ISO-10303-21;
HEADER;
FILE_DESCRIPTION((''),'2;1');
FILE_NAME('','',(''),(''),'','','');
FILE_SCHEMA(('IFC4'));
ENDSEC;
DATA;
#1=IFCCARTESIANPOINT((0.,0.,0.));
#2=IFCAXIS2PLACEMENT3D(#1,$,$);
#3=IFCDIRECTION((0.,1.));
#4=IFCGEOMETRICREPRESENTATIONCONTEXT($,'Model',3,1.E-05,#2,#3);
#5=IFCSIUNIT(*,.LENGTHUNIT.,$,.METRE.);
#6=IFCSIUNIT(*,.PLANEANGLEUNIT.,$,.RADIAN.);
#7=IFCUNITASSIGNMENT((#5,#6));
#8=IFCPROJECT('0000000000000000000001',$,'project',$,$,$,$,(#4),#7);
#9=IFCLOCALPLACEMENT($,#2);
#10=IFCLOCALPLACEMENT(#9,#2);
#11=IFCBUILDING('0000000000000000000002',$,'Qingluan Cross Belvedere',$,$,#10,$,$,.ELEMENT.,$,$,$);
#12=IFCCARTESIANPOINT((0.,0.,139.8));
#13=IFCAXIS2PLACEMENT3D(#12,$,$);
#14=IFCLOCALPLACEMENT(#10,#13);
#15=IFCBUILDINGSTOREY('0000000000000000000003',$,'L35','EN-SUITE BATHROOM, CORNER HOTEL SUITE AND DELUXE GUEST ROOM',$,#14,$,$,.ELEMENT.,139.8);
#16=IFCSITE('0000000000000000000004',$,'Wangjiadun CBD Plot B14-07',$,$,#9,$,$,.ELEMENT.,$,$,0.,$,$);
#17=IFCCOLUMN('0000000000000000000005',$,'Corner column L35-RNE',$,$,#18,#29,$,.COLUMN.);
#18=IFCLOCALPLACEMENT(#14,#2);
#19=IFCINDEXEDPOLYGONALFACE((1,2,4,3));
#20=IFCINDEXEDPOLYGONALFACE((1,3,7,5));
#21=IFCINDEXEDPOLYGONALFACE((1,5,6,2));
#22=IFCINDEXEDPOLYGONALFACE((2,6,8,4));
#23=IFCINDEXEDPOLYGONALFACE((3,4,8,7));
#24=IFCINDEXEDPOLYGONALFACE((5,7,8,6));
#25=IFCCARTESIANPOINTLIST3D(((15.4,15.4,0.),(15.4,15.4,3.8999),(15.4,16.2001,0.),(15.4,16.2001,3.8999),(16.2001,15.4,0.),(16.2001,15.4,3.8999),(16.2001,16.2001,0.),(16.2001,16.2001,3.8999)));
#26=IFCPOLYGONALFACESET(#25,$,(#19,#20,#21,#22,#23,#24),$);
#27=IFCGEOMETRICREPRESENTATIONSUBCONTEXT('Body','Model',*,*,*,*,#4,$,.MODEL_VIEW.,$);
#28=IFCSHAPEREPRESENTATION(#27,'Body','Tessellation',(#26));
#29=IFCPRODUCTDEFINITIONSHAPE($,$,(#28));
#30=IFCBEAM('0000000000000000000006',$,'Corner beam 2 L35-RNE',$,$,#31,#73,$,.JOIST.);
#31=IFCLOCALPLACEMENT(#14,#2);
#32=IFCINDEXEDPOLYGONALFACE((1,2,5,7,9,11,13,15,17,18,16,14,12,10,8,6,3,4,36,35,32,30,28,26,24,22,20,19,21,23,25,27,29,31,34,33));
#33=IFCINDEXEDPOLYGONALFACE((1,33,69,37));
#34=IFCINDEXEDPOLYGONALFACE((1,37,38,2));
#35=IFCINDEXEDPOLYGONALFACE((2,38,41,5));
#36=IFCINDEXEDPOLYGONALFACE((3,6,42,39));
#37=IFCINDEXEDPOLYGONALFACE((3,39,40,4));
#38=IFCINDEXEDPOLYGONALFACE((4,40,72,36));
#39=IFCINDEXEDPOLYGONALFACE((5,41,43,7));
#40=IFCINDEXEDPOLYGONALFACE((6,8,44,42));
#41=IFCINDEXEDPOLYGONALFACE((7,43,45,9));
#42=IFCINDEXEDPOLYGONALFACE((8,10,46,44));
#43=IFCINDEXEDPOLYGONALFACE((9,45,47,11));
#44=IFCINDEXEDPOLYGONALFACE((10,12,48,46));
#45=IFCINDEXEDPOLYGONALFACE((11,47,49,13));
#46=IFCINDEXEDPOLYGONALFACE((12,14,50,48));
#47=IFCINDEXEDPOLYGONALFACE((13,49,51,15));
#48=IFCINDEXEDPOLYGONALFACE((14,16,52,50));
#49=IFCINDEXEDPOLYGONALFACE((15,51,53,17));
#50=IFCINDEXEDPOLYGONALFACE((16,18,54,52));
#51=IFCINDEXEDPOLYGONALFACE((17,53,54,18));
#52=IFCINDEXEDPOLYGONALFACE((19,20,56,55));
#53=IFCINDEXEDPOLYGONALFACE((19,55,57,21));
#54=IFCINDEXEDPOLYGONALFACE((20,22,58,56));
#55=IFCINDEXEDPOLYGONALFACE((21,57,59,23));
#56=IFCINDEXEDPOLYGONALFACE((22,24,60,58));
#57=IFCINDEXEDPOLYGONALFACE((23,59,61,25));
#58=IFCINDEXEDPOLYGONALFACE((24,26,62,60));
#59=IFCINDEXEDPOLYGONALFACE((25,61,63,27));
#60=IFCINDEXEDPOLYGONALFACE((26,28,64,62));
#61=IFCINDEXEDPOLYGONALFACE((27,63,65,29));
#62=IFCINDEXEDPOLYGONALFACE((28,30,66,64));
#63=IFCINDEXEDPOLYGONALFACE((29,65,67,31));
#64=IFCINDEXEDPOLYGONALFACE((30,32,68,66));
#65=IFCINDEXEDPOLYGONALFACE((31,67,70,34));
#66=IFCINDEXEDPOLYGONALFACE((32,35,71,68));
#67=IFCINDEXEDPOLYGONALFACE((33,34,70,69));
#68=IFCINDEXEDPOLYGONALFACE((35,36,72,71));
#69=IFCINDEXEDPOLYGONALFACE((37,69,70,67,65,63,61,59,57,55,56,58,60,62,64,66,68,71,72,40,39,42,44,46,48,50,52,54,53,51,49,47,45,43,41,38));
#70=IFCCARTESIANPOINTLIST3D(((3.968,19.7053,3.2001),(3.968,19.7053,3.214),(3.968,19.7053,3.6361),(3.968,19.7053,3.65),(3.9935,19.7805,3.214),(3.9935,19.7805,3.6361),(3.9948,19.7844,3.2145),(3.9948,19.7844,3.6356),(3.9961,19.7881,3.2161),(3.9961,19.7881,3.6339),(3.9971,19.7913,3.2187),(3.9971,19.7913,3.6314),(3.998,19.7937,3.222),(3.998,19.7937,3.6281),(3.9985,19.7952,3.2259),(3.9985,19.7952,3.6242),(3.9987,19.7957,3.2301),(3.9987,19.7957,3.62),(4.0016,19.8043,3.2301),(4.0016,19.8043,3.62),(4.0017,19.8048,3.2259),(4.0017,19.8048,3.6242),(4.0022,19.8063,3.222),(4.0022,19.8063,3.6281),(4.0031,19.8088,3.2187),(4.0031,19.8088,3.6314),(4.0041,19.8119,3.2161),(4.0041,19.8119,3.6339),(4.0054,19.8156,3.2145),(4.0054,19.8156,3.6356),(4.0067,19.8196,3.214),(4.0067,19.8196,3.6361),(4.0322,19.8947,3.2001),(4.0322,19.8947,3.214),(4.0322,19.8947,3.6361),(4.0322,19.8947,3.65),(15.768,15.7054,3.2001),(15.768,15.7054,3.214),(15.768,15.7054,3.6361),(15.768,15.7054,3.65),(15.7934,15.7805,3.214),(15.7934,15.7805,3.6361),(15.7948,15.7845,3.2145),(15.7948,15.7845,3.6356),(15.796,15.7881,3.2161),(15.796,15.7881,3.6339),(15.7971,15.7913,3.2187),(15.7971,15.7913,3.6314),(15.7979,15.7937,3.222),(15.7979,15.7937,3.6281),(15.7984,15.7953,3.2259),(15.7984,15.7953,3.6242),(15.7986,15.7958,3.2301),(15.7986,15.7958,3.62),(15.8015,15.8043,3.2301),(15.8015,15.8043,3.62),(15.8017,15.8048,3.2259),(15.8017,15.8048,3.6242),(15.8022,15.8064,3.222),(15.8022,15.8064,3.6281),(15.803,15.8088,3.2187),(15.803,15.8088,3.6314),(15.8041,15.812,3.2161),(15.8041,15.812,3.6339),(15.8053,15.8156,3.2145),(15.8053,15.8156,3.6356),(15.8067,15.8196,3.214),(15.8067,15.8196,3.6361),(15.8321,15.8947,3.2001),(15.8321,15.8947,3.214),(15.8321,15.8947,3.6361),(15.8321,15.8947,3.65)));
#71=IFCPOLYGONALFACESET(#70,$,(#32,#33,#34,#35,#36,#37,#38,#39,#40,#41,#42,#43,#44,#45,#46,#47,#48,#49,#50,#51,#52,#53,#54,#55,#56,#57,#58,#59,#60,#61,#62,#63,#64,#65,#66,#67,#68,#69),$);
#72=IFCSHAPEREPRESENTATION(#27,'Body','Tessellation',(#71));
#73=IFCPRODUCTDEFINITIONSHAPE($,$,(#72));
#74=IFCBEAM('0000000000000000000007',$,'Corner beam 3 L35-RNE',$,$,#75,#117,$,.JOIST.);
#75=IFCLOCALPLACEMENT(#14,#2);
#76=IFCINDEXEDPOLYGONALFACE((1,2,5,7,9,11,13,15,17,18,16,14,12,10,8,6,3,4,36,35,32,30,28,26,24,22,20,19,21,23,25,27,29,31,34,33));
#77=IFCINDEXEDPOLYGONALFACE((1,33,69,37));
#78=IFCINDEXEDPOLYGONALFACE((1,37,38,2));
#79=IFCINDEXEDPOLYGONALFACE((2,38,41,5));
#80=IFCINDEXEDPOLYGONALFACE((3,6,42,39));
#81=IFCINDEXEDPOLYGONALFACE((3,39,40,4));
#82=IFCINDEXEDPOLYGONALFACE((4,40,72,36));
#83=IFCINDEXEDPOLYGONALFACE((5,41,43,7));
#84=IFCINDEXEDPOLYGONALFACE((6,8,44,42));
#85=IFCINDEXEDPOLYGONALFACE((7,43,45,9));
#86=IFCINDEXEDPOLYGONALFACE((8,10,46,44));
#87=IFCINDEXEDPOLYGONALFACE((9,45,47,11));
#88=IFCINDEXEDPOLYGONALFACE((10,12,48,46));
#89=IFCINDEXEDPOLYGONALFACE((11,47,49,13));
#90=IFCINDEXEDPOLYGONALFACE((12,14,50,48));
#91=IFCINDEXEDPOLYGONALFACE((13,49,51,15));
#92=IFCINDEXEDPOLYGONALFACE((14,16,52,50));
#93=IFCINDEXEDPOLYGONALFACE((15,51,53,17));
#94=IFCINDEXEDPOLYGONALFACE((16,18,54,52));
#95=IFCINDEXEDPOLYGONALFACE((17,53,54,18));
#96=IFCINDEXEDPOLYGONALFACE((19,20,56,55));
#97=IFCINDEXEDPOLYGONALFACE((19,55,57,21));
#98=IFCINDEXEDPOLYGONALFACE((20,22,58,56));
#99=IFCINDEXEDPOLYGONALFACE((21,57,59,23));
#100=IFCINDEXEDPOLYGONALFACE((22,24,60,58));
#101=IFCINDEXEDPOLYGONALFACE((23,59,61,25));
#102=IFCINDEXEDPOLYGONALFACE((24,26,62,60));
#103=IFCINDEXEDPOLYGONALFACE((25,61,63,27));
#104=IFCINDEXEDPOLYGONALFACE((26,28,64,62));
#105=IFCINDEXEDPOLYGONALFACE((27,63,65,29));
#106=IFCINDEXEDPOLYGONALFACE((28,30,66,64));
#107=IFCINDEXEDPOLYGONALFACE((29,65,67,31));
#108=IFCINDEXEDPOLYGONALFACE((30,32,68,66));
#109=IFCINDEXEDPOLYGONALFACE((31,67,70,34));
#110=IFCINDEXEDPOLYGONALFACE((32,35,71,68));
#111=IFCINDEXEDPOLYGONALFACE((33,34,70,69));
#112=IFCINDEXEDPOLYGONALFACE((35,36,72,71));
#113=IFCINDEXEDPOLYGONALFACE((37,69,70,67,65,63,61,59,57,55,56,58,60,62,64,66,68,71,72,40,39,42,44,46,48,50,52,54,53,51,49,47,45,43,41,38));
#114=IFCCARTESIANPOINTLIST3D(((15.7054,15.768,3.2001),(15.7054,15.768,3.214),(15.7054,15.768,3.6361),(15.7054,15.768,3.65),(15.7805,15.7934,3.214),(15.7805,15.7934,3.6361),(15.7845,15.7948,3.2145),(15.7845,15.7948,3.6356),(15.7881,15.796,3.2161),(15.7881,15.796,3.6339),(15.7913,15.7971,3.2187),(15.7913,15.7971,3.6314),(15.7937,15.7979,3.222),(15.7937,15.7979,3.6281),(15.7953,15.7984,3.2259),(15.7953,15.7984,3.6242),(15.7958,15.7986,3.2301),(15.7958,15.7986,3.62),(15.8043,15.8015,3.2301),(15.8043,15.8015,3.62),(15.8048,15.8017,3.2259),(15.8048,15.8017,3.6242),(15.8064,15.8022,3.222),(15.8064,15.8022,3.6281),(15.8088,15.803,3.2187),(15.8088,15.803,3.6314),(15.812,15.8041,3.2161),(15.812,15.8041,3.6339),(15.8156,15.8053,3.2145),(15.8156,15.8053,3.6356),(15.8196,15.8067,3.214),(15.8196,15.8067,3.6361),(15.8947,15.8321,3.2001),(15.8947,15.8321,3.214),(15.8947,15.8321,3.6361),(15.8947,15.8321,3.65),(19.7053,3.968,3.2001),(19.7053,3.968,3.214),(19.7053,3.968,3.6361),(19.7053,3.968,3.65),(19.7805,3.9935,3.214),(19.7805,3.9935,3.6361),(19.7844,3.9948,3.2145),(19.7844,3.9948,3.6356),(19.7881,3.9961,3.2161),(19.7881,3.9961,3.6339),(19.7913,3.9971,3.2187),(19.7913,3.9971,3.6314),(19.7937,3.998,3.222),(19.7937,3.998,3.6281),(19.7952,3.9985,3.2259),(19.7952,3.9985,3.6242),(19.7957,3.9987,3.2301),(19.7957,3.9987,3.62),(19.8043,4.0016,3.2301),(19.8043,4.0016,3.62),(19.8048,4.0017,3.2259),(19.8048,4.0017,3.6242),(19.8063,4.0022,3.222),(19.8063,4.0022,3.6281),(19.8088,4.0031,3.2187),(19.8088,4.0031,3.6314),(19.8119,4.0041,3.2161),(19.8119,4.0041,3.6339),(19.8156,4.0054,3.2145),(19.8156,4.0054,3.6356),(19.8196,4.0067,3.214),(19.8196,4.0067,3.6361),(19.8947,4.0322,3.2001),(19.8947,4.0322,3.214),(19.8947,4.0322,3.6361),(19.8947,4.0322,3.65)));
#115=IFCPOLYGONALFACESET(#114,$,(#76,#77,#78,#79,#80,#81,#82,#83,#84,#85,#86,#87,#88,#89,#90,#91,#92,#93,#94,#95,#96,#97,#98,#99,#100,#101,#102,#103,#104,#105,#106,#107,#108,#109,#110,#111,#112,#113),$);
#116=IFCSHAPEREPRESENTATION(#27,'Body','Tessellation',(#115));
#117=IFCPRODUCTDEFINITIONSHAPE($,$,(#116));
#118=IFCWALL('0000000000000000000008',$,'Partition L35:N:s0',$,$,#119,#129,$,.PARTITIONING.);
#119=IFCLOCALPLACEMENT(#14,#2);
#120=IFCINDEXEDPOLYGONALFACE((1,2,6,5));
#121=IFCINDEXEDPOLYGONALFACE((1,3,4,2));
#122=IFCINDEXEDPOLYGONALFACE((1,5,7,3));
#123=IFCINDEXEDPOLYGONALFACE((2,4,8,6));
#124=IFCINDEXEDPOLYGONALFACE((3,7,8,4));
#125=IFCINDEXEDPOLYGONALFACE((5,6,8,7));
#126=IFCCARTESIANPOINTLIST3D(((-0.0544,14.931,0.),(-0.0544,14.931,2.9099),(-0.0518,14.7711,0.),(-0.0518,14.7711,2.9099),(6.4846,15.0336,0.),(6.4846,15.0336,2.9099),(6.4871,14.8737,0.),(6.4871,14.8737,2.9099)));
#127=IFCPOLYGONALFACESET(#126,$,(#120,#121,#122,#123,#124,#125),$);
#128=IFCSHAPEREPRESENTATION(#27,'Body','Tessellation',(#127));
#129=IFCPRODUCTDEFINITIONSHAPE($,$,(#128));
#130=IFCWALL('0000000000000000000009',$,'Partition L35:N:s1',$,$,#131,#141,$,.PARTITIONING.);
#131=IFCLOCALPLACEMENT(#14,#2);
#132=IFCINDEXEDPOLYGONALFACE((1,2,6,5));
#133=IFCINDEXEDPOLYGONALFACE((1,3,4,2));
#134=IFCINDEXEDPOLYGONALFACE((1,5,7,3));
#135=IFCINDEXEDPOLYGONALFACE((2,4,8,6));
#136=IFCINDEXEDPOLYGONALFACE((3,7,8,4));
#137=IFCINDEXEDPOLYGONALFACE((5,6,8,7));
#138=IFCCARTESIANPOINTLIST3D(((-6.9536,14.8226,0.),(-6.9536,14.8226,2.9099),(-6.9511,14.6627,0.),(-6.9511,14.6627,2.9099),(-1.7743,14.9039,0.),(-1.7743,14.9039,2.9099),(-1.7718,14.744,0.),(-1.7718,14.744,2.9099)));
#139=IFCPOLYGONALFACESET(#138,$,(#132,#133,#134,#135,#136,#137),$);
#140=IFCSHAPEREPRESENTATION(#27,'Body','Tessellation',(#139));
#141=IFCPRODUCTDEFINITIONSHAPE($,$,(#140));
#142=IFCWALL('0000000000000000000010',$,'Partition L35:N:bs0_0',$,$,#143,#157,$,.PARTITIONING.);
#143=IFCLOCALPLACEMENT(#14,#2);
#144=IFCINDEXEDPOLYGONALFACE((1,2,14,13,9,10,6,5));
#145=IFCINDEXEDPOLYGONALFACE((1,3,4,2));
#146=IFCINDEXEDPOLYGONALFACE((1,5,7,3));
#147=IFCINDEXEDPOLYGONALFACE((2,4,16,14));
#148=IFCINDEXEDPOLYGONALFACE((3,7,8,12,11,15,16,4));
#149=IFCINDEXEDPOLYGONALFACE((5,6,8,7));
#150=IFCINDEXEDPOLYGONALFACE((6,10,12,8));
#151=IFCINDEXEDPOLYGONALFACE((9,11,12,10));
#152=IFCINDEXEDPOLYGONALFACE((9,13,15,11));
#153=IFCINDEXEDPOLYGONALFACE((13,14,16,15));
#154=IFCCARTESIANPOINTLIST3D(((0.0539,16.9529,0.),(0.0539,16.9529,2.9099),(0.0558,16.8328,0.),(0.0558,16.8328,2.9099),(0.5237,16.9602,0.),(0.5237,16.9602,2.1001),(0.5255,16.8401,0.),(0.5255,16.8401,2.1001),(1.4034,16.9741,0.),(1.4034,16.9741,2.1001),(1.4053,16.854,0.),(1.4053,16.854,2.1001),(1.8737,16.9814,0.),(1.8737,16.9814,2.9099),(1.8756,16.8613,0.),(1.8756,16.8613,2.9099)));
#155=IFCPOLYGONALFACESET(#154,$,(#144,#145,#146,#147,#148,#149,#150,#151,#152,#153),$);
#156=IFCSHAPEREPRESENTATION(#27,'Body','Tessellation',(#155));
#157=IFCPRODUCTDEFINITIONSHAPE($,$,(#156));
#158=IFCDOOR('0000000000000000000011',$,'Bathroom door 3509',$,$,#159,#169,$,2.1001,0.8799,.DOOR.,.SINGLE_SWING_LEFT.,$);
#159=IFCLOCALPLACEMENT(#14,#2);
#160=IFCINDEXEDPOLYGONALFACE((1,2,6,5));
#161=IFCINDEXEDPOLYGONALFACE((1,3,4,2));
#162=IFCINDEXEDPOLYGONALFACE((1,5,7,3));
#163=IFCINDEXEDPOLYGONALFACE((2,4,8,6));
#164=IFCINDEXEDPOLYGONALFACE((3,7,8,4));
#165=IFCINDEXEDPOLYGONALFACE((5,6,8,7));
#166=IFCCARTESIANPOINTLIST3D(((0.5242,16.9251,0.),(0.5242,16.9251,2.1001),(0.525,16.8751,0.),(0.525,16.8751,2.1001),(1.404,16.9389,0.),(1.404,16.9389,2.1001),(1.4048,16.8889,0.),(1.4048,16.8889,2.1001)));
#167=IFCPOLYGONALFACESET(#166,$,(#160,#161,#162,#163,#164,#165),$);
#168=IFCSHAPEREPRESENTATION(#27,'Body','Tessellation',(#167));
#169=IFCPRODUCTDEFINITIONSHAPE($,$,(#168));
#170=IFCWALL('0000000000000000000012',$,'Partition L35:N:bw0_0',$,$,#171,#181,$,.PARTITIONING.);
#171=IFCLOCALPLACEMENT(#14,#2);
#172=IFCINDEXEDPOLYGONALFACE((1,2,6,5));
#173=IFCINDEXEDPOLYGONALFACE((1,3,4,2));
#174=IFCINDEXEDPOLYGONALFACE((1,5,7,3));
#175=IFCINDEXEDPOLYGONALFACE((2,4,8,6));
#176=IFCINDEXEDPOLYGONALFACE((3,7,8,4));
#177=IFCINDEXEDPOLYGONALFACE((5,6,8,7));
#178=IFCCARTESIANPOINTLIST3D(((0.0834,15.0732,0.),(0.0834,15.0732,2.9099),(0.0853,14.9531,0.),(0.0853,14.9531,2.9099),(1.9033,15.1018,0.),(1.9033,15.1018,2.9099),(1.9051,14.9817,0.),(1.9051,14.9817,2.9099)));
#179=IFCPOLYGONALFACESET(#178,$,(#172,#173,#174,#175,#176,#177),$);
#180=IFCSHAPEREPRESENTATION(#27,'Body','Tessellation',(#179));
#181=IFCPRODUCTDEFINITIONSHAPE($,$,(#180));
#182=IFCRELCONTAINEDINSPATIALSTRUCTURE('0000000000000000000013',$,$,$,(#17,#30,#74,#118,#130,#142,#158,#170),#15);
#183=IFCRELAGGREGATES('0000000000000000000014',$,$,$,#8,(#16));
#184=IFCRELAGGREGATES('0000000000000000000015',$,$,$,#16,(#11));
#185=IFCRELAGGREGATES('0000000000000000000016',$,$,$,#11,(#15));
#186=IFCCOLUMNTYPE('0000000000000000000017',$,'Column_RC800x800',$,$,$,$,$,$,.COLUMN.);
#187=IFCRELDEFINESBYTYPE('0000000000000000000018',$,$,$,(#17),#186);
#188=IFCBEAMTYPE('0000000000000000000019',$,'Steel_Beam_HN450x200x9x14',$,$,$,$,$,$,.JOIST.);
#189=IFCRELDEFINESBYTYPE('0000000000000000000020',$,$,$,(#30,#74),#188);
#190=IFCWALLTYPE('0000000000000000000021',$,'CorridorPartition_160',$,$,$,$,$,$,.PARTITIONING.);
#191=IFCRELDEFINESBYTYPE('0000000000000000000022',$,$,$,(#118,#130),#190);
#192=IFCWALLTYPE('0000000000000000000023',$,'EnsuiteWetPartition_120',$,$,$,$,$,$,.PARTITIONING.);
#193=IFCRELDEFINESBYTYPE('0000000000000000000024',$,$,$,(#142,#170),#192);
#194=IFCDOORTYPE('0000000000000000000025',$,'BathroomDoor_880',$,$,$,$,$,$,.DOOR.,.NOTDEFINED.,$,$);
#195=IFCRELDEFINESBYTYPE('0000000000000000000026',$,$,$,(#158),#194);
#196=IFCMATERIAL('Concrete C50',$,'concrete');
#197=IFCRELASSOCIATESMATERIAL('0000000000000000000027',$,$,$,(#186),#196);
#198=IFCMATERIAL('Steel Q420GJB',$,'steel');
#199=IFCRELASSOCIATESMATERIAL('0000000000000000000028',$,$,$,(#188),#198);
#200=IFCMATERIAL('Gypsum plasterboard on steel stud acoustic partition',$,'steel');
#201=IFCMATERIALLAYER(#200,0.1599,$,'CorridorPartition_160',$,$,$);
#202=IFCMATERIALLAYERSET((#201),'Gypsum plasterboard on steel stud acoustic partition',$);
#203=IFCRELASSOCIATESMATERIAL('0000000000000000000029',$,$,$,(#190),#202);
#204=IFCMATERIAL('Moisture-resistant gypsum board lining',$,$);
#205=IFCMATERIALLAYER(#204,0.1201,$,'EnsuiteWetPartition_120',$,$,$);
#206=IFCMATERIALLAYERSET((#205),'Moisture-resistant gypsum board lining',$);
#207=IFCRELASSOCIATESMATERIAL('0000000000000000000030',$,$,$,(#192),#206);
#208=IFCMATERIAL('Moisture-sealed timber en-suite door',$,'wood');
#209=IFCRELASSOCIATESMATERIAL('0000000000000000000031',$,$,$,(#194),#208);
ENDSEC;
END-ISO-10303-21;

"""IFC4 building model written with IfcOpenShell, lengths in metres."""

from ifc_helpers import new_model, si_unit, direction, frame, frame_2d, origin, origin_2d, place, context, subcontext, project, spatial, rectangle, i_section, extrude, material, layer, layer_set, material_profile, profile_set, type_object, element, fill, save


model = new_model("IFC4")

# Units and contexts
model_context = context("Model", 3, precision=1e-05, world=origin(), true_north=direction((0.0, 1.0)))
body_context = subcontext(model_context, "Body", "Model", "MODEL_VIEW")
ifc_project = project(units=[si_unit("LENGTHUNIT", "METRE"), si_unit("PLANEANGLEUNIT", "RADIAN")], contexts=[model_context])

# Site, building, storey
site_placement = place(None, origin())
site = spatial("IfcSite", under=ifc_project, at=site_placement, Name="Wangjiadun CBD Plot B14-07", CompositionType="ELEMENT", RefElevation=0.0)
building_placement = place(site_placement, origin())
building = spatial("IfcBuilding", under=site, at=building_placement, Name="Qingluan Cross Belvedere", CompositionType="ELEMENT")
storey_placement = place(building_placement, frame((0.0, 0.0, 139.8)))
storey = spatial("IfcBuildingStorey", under=building, at=storey_placement, Name="L35", Description="EN-SUITE BATHROOM, CORNER HOTEL SUITE AND DELUXE GUEST ROOM", CompositionType="ELEMENT", Elevation=139.8)

# Column
ifc_material_1 = material(Name="Concrete C50", Category="concrete")
ifc_material_profile_1 = material_profile(ifc_material_1, rectangle(XDim=0.8, YDim=0.8, at=origin_2d()), Name="RC800x800")
ifc_profile_set_1 = profile_set([ifc_material_profile_1], Name="Concrete C50")
column_type = type_object("IfcColumnType", Name="Column_RC800x800", PredefinedType="COLUMN", material=ifc_profile_set_1)
column_placement = place(storey_placement, frame((15.8, 15.8, 0.0), z_axis=(0.0, 0.0, 1.0), x_axis=(1.0, 0.0, 0.0)))
element("IfcColumn", 1, at=column_placement, inside=storey, type_object=column_type, Name="Corner column L35-RNE", PredefinedType="COLUMN", context=body_context, shape_type="SweptSolid", body=[
    extrude(rectangle(XDim=0.8, YDim=0.8, at=origin_2d()), origin(), (0.0, 0.0, 1.0), 3.8999),
])

# Beams
ifc_material_2 = material(Name="Steel Q420GJB", Category="steel")
ifc_material_profile_2 = material_profile(ifc_material_2, i_section(OverallWidth=0.2, OverallDepth=0.45, WebThickness=0.009, FlangeThickness=0.0139, FilletRadius=0.0161, at=origin_2d()), Name="HN450x200x9x14")
ifc_profile_set_2 = profile_set([ifc_material_profile_2], Name="Steel Q420GJB")
beam_type = type_object("IfcBeamType", Name="Steel_Beam_HN450x200x9x14", PredefinedType="JOIST", material=ifc_profile_set_2)
for number, where, z_axis, x_axis, name in (
    (2, (15.8, 15.8, 3.425), (-0.947066, 0.321038, 0.0), (-0.321038, -0.947066, 0.0), "Corner beam 2 L35-RNE"),
    (3, (15.8, 15.8, 3.425), (0.321038, -0.947066, 0.0), (0.947066, 0.321038, 0.0), "Corner beam 3 L35-RNE"),
):
    element("IfcBeam", number, at=place(storey_placement, frame(where, z_axis=z_axis, x_axis=x_axis)), inside=storey, type_object=beam_type, Name=name, PredefinedType="JOIST", context=body_context, shape_type="SweptSolid", body=[
        extrude(i_section(OverallWidth=0.2, OverallDepth=0.45, WebThickness=0.009, FlangeThickness=0.0139, FilletRadius=0.0161, at=origin_2d()), origin(), (0.0, 0.0, 1.0), 12.4595),
    ])

# Shared definitions
ifc_material_3 = material(Name="Gypsum plasterboard on steel stud acoustic partition", Category="steel")
ifc_layer_1 = layer(ifc_material_3, 0.1599, Name="CorridorPartition_160")
ifc_layer_set_1 = layer_set([ifc_layer_1], Name="Gypsum plasterboard on steel stud acoustic partition")
wall_type_1 = type_object("IfcWallType", Name="CorridorPartition_160", PredefinedType="PARTITIONING", material=ifc_layer_set_1)

# Wall
wall_1_placement = place(storey_placement, frame((-0.0532, 14.8511, 0.0), z_axis=(0.0, 0.0, 1.0), x_axis=(0.999877, 0.015679, 0.0)))
element("IfcWall", 4, at=wall_1_placement, inside=storey, type_object=wall_type_1, Name="Partition L35:N:s0", PredefinedType="PARTITIONING", context=body_context, shape_type="SweptSolid", body=[
    extrude(rectangle(XDim=6.5398, YDim=0.1599, at=frame_2d((3.27, 0.0))), origin(), (0.0, 0.0, 1.0), 2.9099),
])

# Wall
wall_2_placement = place(storey_placement, frame((-1.7732, 14.824, 0.0), z_axis=(0.0, 0.0, 1.0), x_axis=(-0.999877, -0.015695, 0.0)))
element("IfcWall", 5, at=wall_2_placement, inside=storey, type_object=wall_type_1, Name="Partition L35:N:s1", PredefinedType="PARTITIONING", context=body_context, shape_type="SweptSolid", body=[
    extrude(rectangle(XDim=5.1799, YDim=0.1599, at=frame_2d((2.5898, 0.0))), origin(), (0.0, 0.0, 1.0), 2.9099),
])

# Wall, opening, door
ifc_material_4 = material(Name="Moisture-resistant gypsum board lining")
ifc_layer_2 = layer(ifc_material_4, 0.1201, Name="EnsuiteWetPartition_120")
ifc_layer_set_2 = layer_set([ifc_layer_2], Name="Moisture-resistant gypsum board lining")
wall_type_2 = type_object("IfcWallType", Name="EnsuiteWetPartition_120", PredefinedType="PARTITIONING", material=ifc_layer_set_2)
wall_3_placement = place(storey_placement, frame((0.0547, 16.8928, 0.0), z_axis=(0.0, 0.0, 1.0), x_axis=(0.999877, 0.015694, 0.0)))
wall_3 = element("IfcWall", 6, at=wall_3_placement, inside=storey, type_object=wall_type_2, Name="Partition L35:N:bs0_0", PredefinedType="PARTITIONING", context=body_context, shape_type="SweptSolid", body=[
    extrude(rectangle(XDim=1.8201, YDim=0.1201, at=frame_2d((0.9102, 0.0))), origin(), (0.0, 0.0, 1.0), 2.9099),
])
opening_1_placement = place(wall_3_placement, frame((0.47, 0.0, 0.0)))
opening_1 = element("IfcOpeningElement", 7, at=opening_1_placement, cuts=wall_3, PredefinedType="OPENING", context=body_context, shape_type="SweptSolid", body=[
    extrude(rectangle(XDim=0.8799, YDim=2.1001, at=frame_2d((0.4399, 1.05))), frame((0.0, 0.0701, 0.0), z_axis=(0.0, -1.0, 0.0), x_axis=(1.0, 0.0, 0.0)), (0.0, 0.0, 1.0), 0.1401),
])
ifc_material_5 = material(Name="Moisture-sealed timber en-suite door", Category="wood")
door_type_1 = type_object("IfcDoorType", Name="BathroomDoor_880", OperationType="NOTDEFINED", PredefinedType="DOOR", material=ifc_material_5)
door_1_placement = place(opening_1_placement, origin())
door_1 = element("IfcDoor", 8, at=door_1_placement, inside=storey, type_object=door_type_1, Name="Bathroom door 3509", OperationType="SINGLE_SWING_LEFT", OverallHeight=2.1001, OverallWidth=0.8799, PredefinedType="DOOR", context=body_context, shape_type="SweptSolid", body=[
    extrude(rectangle(XDim=0.8799, YDim=2.1001, at=frame_2d((0.4399, 1.05))), frame((0.0, 0.0249, 0.0), z_axis=(0.0, -1.0, 0.0), x_axis=(1.0, 0.0, 0.0)), (0.0, 0.0, 1.0), 0.05),
])
fill(opening_1, door_1)

# Wall
wall_4_placement = place(storey_placement, frame((0.0842, 15.0132, 0.0), z_axis=(0.0, 0.0, 1.0), x_axis=(0.999877, 0.015694, 0.0)))
element("IfcWall", 9, at=wall_4_placement, inside=storey, type_object=wall_type_2, Name="Partition L35:N:bw0_0", PredefinedType="PARTITIONING", context=body_context, shape_type="SweptSolid", body=[
    extrude(rectangle(XDim=1.8201, YDim=0.1201, at=frame_2d((0.9102, 0.0))), origin(), (0.0, 0.0, 1.0), 2.9099),
])

save(model, "model.ifc")
